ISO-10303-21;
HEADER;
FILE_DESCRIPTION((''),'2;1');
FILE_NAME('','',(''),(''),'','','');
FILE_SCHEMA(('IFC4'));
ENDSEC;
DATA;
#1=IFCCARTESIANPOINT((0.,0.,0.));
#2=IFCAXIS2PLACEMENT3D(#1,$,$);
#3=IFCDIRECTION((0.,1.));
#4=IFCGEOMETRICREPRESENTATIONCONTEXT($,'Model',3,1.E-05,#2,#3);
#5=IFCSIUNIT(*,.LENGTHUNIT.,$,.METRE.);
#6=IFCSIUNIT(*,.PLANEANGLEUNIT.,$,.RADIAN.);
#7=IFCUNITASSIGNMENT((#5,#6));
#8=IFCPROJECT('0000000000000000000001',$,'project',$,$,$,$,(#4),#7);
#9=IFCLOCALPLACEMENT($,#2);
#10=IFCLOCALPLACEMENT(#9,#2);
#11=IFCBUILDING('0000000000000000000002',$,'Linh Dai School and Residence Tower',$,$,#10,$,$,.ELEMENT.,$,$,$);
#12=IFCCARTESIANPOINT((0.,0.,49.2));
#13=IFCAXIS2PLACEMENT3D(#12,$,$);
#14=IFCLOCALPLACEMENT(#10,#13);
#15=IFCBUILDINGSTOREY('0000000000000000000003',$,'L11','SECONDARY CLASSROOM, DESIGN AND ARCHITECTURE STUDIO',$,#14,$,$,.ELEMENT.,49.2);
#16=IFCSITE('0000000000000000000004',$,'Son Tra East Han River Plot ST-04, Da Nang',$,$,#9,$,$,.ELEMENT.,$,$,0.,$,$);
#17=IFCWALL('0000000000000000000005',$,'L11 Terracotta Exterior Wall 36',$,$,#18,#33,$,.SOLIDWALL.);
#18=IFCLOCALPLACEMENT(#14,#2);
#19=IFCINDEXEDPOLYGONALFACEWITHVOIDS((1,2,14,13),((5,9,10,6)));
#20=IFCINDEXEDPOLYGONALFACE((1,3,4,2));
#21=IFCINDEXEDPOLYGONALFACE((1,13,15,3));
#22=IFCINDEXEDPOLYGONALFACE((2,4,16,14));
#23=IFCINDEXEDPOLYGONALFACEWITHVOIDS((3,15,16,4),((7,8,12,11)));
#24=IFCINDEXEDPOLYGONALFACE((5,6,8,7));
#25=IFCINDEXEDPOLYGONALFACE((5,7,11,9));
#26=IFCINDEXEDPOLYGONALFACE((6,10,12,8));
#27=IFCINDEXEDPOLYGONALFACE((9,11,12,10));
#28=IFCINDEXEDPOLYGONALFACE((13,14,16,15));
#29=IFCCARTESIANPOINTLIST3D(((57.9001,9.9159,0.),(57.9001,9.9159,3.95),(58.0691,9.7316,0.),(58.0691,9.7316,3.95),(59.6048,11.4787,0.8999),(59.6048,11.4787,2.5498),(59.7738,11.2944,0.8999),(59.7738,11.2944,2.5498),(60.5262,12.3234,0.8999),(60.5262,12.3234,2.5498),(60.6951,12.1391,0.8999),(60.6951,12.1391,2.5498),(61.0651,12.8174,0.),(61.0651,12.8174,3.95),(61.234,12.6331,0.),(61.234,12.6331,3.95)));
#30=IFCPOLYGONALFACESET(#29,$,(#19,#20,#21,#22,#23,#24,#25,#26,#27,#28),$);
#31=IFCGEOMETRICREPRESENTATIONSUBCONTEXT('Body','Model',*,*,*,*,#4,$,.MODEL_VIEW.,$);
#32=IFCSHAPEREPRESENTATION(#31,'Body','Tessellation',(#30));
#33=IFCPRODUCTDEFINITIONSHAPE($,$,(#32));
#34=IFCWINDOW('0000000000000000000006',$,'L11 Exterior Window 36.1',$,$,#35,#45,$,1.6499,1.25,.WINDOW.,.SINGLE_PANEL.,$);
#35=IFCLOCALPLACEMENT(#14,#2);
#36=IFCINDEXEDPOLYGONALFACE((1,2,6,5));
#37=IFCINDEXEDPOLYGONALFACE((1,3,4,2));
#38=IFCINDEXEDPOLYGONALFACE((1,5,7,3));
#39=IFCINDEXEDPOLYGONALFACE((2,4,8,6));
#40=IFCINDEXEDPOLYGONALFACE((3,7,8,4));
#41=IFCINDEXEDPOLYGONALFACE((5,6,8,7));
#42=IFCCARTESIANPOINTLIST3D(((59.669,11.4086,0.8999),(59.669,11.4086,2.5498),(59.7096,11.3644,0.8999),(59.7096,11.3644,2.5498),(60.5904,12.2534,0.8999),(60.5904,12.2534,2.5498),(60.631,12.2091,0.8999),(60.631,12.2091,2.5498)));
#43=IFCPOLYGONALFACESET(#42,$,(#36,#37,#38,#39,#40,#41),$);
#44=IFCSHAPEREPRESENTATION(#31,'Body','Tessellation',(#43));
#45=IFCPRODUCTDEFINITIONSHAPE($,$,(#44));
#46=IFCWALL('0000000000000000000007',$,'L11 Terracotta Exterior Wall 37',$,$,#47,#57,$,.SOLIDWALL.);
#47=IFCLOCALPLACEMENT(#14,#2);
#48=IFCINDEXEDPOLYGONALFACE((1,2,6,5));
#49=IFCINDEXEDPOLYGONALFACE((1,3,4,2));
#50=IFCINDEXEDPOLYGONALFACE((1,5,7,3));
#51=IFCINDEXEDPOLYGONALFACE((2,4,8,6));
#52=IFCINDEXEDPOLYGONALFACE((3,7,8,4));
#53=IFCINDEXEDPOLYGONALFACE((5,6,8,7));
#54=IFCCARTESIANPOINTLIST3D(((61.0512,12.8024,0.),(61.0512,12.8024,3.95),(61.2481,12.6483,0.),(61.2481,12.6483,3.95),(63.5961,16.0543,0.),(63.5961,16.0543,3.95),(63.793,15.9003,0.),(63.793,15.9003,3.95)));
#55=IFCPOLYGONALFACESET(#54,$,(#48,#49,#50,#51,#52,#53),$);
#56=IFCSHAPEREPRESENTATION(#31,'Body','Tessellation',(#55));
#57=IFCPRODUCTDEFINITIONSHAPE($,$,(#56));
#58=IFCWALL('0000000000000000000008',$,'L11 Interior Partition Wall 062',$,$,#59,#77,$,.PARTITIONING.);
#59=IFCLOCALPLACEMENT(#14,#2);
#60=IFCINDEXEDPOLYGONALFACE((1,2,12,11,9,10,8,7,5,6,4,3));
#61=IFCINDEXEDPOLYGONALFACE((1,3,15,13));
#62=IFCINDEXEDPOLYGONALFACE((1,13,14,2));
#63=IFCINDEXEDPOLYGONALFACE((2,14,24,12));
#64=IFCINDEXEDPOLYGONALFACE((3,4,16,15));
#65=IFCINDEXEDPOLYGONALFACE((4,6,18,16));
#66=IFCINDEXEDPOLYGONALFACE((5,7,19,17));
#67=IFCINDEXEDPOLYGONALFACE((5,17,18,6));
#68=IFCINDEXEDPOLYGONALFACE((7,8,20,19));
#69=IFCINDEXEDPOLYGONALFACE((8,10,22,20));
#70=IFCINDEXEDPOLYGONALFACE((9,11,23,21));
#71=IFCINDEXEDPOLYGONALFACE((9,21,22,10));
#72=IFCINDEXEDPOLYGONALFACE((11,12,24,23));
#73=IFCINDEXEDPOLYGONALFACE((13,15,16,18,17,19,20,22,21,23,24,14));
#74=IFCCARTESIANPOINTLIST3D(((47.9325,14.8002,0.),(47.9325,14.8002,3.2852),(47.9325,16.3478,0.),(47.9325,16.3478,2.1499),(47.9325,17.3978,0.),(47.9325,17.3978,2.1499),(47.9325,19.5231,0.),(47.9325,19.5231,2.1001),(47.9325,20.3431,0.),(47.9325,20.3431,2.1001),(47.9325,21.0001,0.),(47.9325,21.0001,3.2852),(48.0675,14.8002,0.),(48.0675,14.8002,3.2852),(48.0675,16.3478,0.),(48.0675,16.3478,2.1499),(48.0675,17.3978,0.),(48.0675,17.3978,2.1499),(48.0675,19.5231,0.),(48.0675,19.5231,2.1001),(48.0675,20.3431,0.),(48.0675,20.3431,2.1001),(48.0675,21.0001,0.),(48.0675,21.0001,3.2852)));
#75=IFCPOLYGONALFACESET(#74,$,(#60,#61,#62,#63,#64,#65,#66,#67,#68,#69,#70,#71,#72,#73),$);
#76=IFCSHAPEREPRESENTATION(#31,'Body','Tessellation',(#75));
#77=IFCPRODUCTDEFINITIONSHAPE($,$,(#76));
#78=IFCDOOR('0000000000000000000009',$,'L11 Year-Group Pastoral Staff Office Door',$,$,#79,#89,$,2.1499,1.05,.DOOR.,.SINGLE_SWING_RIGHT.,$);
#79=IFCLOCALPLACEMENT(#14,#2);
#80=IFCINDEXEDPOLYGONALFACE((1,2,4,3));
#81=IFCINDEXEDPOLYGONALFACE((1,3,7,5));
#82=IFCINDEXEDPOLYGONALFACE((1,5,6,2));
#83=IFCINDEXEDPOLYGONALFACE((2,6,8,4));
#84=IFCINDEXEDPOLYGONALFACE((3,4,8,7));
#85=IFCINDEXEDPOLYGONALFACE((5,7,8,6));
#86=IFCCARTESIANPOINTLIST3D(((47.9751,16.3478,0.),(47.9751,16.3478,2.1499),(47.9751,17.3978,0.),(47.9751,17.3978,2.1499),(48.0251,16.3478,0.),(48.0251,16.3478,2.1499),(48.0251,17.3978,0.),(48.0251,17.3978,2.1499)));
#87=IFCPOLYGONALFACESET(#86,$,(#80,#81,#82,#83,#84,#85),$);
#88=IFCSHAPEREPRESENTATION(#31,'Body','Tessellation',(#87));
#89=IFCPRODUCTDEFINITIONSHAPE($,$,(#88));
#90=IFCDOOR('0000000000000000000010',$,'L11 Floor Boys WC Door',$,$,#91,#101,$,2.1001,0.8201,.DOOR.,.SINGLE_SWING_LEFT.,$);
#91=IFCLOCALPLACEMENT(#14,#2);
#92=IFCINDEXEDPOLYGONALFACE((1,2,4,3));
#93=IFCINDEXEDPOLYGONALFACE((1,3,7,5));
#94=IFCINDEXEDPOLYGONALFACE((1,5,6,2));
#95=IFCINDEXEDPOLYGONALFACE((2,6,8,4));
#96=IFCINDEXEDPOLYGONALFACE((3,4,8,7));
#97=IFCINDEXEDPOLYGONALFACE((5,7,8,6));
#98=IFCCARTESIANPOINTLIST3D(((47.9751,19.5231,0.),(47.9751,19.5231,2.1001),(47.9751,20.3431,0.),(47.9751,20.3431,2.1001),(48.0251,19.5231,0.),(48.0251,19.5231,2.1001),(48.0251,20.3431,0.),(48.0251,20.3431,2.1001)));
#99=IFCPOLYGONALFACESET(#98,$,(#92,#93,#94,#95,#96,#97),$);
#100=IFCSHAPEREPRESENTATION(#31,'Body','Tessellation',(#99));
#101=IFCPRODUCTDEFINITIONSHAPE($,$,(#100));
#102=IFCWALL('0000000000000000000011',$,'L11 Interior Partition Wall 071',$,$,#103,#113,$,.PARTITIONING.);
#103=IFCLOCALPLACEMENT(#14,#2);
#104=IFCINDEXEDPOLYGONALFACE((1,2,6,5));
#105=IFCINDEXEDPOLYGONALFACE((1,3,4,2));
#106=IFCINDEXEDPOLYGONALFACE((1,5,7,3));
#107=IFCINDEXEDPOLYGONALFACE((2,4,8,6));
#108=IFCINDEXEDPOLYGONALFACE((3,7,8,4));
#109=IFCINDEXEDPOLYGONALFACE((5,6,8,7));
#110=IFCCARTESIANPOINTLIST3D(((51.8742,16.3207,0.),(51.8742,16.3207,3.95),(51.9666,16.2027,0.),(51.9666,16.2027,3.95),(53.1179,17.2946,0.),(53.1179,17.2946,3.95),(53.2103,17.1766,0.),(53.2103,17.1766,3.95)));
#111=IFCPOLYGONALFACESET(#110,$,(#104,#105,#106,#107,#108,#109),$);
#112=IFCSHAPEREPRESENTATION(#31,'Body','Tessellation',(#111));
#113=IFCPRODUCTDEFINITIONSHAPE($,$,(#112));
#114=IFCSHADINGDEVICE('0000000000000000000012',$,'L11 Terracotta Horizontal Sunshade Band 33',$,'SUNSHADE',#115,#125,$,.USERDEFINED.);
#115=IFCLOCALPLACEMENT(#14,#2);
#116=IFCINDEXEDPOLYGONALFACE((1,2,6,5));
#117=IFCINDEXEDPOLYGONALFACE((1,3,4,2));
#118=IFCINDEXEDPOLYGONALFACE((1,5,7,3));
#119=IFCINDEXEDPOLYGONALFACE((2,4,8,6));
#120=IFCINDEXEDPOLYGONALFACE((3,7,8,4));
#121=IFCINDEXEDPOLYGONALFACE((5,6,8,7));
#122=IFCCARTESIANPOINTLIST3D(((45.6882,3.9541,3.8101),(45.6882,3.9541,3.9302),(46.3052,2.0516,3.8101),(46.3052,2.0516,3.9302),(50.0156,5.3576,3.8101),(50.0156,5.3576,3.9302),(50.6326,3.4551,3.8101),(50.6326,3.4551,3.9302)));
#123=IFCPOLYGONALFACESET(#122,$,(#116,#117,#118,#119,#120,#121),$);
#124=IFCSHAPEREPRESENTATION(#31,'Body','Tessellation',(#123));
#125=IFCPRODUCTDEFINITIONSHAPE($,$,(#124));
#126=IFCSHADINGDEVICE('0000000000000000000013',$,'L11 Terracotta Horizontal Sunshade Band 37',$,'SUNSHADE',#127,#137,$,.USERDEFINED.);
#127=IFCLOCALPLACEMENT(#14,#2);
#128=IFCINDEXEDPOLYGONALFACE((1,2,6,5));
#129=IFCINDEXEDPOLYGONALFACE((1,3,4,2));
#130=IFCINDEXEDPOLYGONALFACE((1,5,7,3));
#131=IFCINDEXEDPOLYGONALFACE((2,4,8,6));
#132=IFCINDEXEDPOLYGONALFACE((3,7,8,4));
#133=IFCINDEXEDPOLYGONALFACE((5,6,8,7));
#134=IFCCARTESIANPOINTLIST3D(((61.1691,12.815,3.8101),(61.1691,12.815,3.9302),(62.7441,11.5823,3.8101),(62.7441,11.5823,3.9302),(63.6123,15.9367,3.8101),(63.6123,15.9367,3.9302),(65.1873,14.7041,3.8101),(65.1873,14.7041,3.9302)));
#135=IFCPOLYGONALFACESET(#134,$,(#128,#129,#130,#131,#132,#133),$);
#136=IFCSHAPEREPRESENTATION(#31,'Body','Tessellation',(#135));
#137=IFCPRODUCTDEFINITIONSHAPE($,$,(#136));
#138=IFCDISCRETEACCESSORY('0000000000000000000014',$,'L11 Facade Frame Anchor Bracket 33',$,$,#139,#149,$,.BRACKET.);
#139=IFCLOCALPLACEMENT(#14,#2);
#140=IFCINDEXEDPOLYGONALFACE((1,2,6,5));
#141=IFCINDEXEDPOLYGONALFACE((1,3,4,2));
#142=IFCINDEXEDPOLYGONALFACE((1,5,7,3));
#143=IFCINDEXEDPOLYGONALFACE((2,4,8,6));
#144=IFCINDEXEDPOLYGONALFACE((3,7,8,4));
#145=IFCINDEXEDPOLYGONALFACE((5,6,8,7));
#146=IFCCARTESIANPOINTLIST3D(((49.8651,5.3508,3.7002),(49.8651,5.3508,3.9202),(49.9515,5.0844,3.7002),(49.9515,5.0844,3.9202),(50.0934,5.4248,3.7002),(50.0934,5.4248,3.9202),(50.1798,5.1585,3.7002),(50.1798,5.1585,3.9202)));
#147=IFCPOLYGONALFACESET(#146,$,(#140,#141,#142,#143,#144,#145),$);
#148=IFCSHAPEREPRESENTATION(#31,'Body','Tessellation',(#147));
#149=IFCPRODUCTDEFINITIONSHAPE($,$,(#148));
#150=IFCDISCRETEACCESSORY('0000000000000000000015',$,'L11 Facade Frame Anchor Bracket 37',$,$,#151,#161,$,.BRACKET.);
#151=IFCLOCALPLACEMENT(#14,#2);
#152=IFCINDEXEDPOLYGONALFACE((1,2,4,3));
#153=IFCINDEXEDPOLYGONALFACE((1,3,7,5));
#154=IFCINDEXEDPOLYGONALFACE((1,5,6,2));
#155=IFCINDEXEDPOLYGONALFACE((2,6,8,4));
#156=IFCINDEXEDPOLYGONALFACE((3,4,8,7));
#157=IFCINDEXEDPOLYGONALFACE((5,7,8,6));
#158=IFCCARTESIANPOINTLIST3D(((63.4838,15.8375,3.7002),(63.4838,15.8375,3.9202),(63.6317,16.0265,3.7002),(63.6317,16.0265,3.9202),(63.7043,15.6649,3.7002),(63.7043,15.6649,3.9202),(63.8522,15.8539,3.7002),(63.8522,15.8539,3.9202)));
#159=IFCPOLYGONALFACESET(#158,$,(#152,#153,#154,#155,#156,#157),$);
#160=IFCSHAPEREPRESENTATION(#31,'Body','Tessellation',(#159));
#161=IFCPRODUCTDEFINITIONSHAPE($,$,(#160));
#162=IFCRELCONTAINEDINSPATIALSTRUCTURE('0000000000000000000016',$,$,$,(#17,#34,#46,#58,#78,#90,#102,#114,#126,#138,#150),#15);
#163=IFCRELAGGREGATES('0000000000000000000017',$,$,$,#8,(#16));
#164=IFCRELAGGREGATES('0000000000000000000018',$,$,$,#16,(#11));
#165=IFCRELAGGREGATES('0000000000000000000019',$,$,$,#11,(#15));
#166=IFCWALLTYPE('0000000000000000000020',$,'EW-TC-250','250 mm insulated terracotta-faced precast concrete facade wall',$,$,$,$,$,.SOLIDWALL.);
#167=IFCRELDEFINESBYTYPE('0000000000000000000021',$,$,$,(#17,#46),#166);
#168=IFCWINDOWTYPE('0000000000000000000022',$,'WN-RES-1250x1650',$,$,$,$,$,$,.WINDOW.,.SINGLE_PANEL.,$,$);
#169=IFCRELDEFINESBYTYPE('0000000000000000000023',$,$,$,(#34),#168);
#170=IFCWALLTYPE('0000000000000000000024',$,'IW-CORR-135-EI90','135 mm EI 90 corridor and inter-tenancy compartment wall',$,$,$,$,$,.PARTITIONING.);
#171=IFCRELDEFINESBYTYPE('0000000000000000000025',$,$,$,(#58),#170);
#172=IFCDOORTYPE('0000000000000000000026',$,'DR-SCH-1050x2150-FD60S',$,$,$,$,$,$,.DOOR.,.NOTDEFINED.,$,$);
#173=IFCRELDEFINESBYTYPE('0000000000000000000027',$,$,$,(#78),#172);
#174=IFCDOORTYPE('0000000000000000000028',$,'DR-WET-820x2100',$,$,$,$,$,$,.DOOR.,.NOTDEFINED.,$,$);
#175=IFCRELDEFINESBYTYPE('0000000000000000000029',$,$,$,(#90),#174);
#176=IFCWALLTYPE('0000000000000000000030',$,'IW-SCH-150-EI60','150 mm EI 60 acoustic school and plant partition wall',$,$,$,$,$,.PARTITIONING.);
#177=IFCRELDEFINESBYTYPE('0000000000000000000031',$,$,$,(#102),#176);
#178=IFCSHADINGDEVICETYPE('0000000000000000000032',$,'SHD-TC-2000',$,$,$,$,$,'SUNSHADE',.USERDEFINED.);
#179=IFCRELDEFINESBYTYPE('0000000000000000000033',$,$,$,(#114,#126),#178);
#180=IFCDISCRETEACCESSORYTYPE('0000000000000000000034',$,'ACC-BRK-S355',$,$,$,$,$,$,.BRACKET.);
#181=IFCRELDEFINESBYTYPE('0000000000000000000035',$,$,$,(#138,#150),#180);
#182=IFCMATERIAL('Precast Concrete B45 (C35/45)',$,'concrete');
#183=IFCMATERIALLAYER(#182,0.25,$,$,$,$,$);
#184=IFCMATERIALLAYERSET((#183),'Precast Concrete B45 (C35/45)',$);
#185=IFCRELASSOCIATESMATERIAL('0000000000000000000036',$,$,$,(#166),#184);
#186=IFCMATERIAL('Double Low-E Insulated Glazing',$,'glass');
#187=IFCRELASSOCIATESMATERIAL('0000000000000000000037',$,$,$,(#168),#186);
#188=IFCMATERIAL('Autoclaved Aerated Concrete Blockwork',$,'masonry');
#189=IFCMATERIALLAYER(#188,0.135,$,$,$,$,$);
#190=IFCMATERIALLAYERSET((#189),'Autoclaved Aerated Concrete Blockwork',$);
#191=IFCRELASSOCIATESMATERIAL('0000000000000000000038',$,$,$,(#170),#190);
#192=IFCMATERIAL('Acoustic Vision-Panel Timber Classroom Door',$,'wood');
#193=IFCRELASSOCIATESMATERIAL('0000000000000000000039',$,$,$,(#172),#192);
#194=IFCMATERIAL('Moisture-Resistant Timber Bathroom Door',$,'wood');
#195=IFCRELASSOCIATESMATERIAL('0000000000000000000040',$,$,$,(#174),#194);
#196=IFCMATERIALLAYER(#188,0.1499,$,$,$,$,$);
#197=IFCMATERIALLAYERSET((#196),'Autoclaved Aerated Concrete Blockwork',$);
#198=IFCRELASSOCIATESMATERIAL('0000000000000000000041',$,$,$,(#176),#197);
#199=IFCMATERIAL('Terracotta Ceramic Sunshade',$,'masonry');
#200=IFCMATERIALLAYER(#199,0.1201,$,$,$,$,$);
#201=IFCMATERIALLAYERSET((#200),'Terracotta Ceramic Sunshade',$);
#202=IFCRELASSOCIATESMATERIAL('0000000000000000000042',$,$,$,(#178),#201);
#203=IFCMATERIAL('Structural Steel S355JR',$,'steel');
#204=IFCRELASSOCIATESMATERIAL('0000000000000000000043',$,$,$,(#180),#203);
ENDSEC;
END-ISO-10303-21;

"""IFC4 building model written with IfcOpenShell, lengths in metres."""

from ifc_helpers import new_model, si_unit, direction, frame, frame_2d, origin, origin_2d, place, context, subcontext, project, spatial, rectangle, extrude, source, transform, mapped, material, layer, layer_set, type_object, element, fill, save


model = new_model("IFC4")

# Units and contexts
model_context = context("Model", 3, precision=1e-05, world=origin(), true_north=direction((0.0, 1.0)))
body_context = subcontext(model_context, "Body", "Model", "MODEL_VIEW")
ifc_project = project(units=[si_unit("LENGTHUNIT", "METRE"), si_unit("PLANEANGLEUNIT", "RADIAN")], contexts=[model_context])

# Site, building, storey
site_placement = place(None, origin())
site = spatial("IfcSite", under=ifc_project, at=site_placement, Name="Son Tra East Han River Plot ST-04, Da Nang", CompositionType="ELEMENT", RefElevation=0.0)
building_placement = place(site_placement, origin())
building = spatial("IfcBuilding", under=site, at=building_placement, Name="Linh Dai School and Residence Tower", CompositionType="ELEMENT")
storey_placement = place(building_placement, frame((0.0, 0.0, 49.2)))
storey = spatial("IfcBuildingStorey", under=building, at=storey_placement, Name="L11", Description="SECONDARY CLASSROOM, DESIGN AND ARCHITECTURE STUDIO", CompositionType="ELEMENT", Elevation=49.2)

# Shared definitions
ifc_material_1 = material(Name="Structural Steel S355JR", Category="steel")

# Shared definitions
ifc_material_2 = material(Name="Precast Concrete B45 (C35/45)", Category="concrete")

# Shared definitions
ifc_material_3 = material(Name="Double Low-E Insulated Glazing", Category="glass")

# Wall, opening, window
ifc_layer_1 = layer(ifc_material_2, 0.25)
ifc_layer_set_1 = layer_set([ifc_layer_1], Name="Precast Concrete B45 (C35/45)")
wall_type_1 = type_object("IfcWallType", Name="EW-TC-250", Description="250 mm insulated terracotta-faced precast concrete facade wall", PredefinedType="SOLIDWALL", material=ifc_layer_set_1)
wall_1_placement = place(storey_placement, frame((61.1497, 12.7253, 0.0), z_axis=(0.0, 0.0, 1.0), x_axis=(-0.737116, -0.675766, 0.0)))
wall_1 = element("IfcWall", 1, at=wall_1_placement, inside=storey, type_object=wall_type_1, Name="L11 Terracotta Exterior Wall 36", PredefinedType="SOLIDWALL", context=body_context, shape_type="SweptSolid", body=[
    extrude(rectangle(XDim=4.2937, YDim=0.25, at=frame_2d((2.147, 0.0))), origin(), (0.0, 0.0, 1.0), 3.95),
])
opening_1_placement = place(wall_1_placement, frame((0.7312, 0.0, 0.8999)))
opening_1 = element("IfcOpeningElement", 2, at=opening_1_placement, cuts=wall_1, PredefinedType="OPENING", context=body_context, shape_type="SweptSolid", body=[
    extrude(rectangle(XDim=1.25, YDim=1.6499, at=origin_2d()), frame((0.625, 0.135, 0.825), z_axis=(0.0, -1.0, 0.0), x_axis=(1.0, 0.0, 0.0)), (0.0, 0.0, 1.0), 0.27),
])
window_type_1 = type_object("IfcWindowType", Name="WN-RES-1250x1650", PartitioningType="SINGLE_PANEL", PredefinedType="WINDOW", material=ifc_material_3)
shared_shape_1 = source(origin(), body_context, "Body", "SweptSolid", [
    extrude(rectangle(XDim=1.25, YDim=1.6499, at=origin_2d()), frame((0.625, 0.03, 0.825), z_axis=(0.0, -1.0, 0.0), x_axis=(1.0, 0.0, 0.0)), (0.0, 0.0, 1.0), 0.0601),
])
window_1_placement = place(opening_1_placement, origin())
window_1 = element("IfcWindow", 3, at=window_1_placement, inside=storey, type_object=window_type_1, Name="L11 Exterior Window 36.1", OverallHeight=1.6499, OverallWidth=1.25, PartitioningType="SINGLE_PANEL", PredefinedType="WINDOW", context=body_context, shape_type="MappedRepresentation", body=[
    mapped(shared_shape_1, transform((0.0, 0.0, 0.0), x_axis=(1.0, 0.0, 0.0), y_axis=(0.0, 1.0, 0.0), z_axis=(0.0, 0.0, 1.0), scale=1.0)),
])
fill(opening_1, window_1)

# Wall
wall_2_placement = place(storey_placement, frame((63.6946, 15.9773, 0.0), z_axis=(0.0, 0.0, 1.0), x_axis=(-0.616296, -0.787515, 0.0)))
element("IfcWall", 4, at=wall_2_placement, inside=storey, type_object=wall_type_1, Name="L11 Terracotta Exterior Wall 37", PredefinedType="SOLIDWALL", context=body_context, shape_type="SweptSolid", body=[
    extrude(rectangle(XDim=4.1294, YDim=0.25, at=frame_2d((2.0647, 0.0))), origin(), (0.0, 0.0, 1.0), 3.95),
])

# Wall, openings, doors
ifc_material_4 = material(Name="Autoclaved Aerated Concrete Blockwork", Category="masonry")
ifc_layer_2 = layer(ifc_material_4, 0.135)
ifc_layer_set_2 = layer_set([ifc_layer_2], Name="Autoclaved Aerated Concrete Blockwork")
wall_type_2 = type_object("IfcWallType", Name="IW-CORR-135-EI90", Description="135 mm EI 90 corridor and inter-tenancy compartment wall", PredefinedType="PARTITIONING", material=ifc_layer_set_2)
wall_3_placement = place(storey_placement, frame((48.0, 14.8, 0.0), z_axis=(0.0, 0.0, 1.0), x_axis=(0.0, 1.0, 0.0)))
wall_3 = element("IfcWall", 5, at=wall_3_placement, inside=storey, type_object=wall_type_2, Name="L11 Interior Partition Wall 062", PredefinedType="PARTITIONING", context=body_context, shape_type="SweptSolid", body=[
    extrude(rectangle(XDim=6.2, YDim=0.135, at=frame_2d((3.1001, 0.0))), origin(), (0.0, 0.0, 1.0), 3.2852),
])
opening_2_placement = place(wall_3_placement, frame((1.5479, 0.0, 0.0)))
opening_2 = element("IfcOpeningElement", 6, at=opening_2_placement, cuts=wall_3, PredefinedType="OPENING", context=body_context, shape_type="SweptSolid", body=[
    extrude(rectangle(XDim=1.05, YDim=2.1499, at=origin_2d()), frame((0.5249, 0.0776, 1.075), z_axis=(0.0, -1.0, 0.0), x_axis=(1.0, 0.0, 0.0)), (0.0, 0.0, 1.0), 0.155),
])
opening_3_placement = place(wall_3_placement, frame((4.7229, 0.0, 0.0)))
opening_3 = element("IfcOpeningElement", 7, at=opening_3_placement, cuts=wall_3, PredefinedType="OPENING", context=body_context, shape_type="SweptSolid", body=[
    extrude(rectangle(XDim=0.8201, YDim=2.1001, at=origin_2d()), frame((0.4102, 0.0776, 1.05), z_axis=(0.0, -1.0, 0.0), x_axis=(1.0, 0.0, 0.0)), (0.0, 0.0, 1.0), 0.155),
])
ifc_material_5 = material(Name="Acoustic Vision-Panel Timber Classroom Door", Category="wood")
door_type_1 = type_object("IfcDoorType", Name="DR-SCH-1050x2150-FD60S", OperationType="NOTDEFINED", PredefinedType="DOOR", material=ifc_material_5)
shared_shape_2 = source(origin(), body_context, "Body", "SweptSolid", [
    extrude(rectangle(XDim=1.05, YDim=2.1499, at=origin_2d()), frame((0.5249, 0.0249, 1.075), z_axis=(0.0, -1.0, 0.0), x_axis=(1.0, 0.0, 0.0)), (0.0, 0.0, 1.0), 0.05),
])
door_1_placement = place(opening_2_placement, origin())
door_1 = element("IfcDoor", 8, at=door_1_placement, inside=storey, type_object=door_type_1, Name="L11 Year-Group Pastoral Staff Office Door", OperationType="SINGLE_SWING_RIGHT", OverallHeight=2.1499, OverallWidth=1.05, PredefinedType="DOOR", context=body_context, shape_type="MappedRepresentation", body=[
    mapped(shared_shape_2, transform((0.0, 0.0, 0.0), x_axis=(1.0, 0.0, 0.0), y_axis=(0.0, 1.0, 0.0), z_axis=(0.0, 0.0, 1.0), scale=1.0)),
])
fill(opening_2, door_1)
ifc_material_6 = material(Name="Moisture-Resistant Timber Bathroom Door", Category="wood")
door_type_2 = type_object("IfcDoorType", Name="DR-WET-820x2100", OperationType="NOTDEFINED", PredefinedType="DOOR", material=ifc_material_6)
shared_shape_3 = source(origin(), body_context, "Body", "SweptSolid", [
    extrude(rectangle(XDim=0.8201, YDim=2.1001, at=origin_2d()), frame((0.4102, 0.0249, 1.05), z_axis=(0.0, -1.0, 0.0), x_axis=(1.0, 0.0, 0.0)), (0.0, 0.0, 1.0), 0.05),
])
door_2_placement = place(opening_3_placement, origin())
door_2 = element("IfcDoor", 9, at=door_2_placement, inside=storey, type_object=door_type_2, Name="L11 Floor Boys WC Door", OperationType="SINGLE_SWING_LEFT", OverallHeight=2.1001, OverallWidth=0.8201, PredefinedType="DOOR", context=body_context, shape_type="MappedRepresentation", body=[
    mapped(shared_shape_3, transform((0.0, 0.0, 0.0), x_axis=(1.0, 0.0, 0.0), y_axis=(0.0, 1.0, 0.0), z_axis=(0.0, 0.0, 1.0), scale=1.0)),
])
fill(opening_3, door_2)

# Wall
ifc_layer_3 = layer(ifc_material_4, 0.1499)
ifc_layer_set_3 = layer_set([ifc_layer_3], Name="Autoclaved Aerated Concrete Blockwork")
wall_type_3 = type_object("IfcWallType", Name="IW-SCH-150-EI60", Description="150 mm EI 60 acoustic school and plant partition wall", PredefinedType="PARTITIONING", material=ifc_layer_set_3)
wall_4_placement = place(storey_placement, frame((51.9204, 16.2617, 0.0), z_axis=(0.0, 0.0, 1.0), x_axis=(0.787326, 0.616537, 0.0)))
element("IfcWall", 10, at=wall_4_placement, inside=storey, type_object=wall_type_3, Name="L11 Interior Partition Wall 071", PredefinedType="PARTITIONING", context=body_context, shape_type="SweptSolid", body=[
    extrude(rectangle(XDim=1.5796, YDim=0.1499, at=frame_2d((0.7898, 0.0))), origin(), (0.0, 0.0, 1.0), 3.95),
])

# Shading devices
ifc_material_7 = material(Name="Terracotta Ceramic Sunshade", Category="masonry")
ifc_layer_4 = layer(ifc_material_7, 0.1201)
ifc_layer_set_4 = layer_set([ifc_layer_4], Name="Terracotta Ceramic Sunshade")
shading_device_type = type_object("IfcShadingDeviceType", Name="SHD-TC-2000", ElementType="SUNSHADE", PredefinedType="USERDEFINED", material=ifc_layer_set_4)
shared_shape_4 = source(origin(), body_context, "Body", "SweptSolid", [
    extrude(rectangle(XDim=4.5493, YDim=2.0, at=origin_2d()), origin(), (0.0, 0.0, 1.0), 0.1201),
])
shading_device_1_placement = place(storey_placement, frame((48.1604, 3.7046, 3.8101), z_axis=(0.0, 0.0, 1.0), x_axis=(-0.951221, -0.308511, 0.0)))
element("IfcShadingDevice", 11, at=shading_device_1_placement, inside=storey, type_object=shading_device_type, Name="L11 Terracotta Horizontal Sunshade Band 33", ObjectType="SUNSHADE", PredefinedType="USERDEFINED", context=body_context, shape_type="MappedRepresentation", body=[
    mapped(shared_shape_4, transform((0.0, 0.0, 0.0), x_axis=(1.0, 0.0, 0.0), y_axis=(0.0, 1.0, 0.0), z_axis=(0.0, 0.0, 1.0), scale=1.0)),
])
shared_shape_5 = source(origin(), body_context, "Body", "SweptSolid", [
    extrude(rectangle(XDim=3.9641, YDim=2.0, at=origin_2d()), origin(), (0.0, 0.0, 1.0), 0.1201),
])
shading_device_2_placement = place(storey_placement, frame((63.1782, 13.7595, 3.8101), z_axis=(0.0, 0.0, 1.0), x_axis=(-0.616319, -0.787496, 0.0)))
element("IfcShadingDevice", 12, at=shading_device_2_placement, inside=storey, type_object=shading_device_type, Name="L11 Terracotta Horizontal Sunshade Band 37", ObjectType="SUNSHADE", PredefinedType="USERDEFINED", context=body_context, shape_type="MappedRepresentation", body=[
    mapped(shared_shape_5, transform((0.0, 0.0, 0.0), x_axis=(1.0, 0.0, 0.0), y_axis=(0.0, 1.0, 0.0), z_axis=(0.0, 0.0, 1.0), scale=1.0)),
])

# Discrete accessories
discrete_accessory_type = type_object("IfcDiscreteAccessoryType", Name="ACC-BRK-S355", PredefinedType="BRACKET", material=ifc_material_1)
shared_shape_6 = source(origin(), body_context, "Body", "SweptSolid", [
    extrude(rectangle(XDim=0.28, YDim=0.24, at=origin_2d()), origin(), (0.0, 0.0, 1.0), 0.22),
])
for number, where, z_axis, x_axis, name in (
    (13, (50.0225, 5.2546, 3.7002), (0.0, 0.0, 1.0), (0.308511, -0.951221, 0.0), "L11 Facade Frame Anchor Bracket 33"),
    (14, (63.668, 15.8457, 3.7002), (0.0, 0.0, 1.0), (0.787496, -0.616319, 0.0), "L11 Facade Frame Anchor Bracket 37"),
):
    element("IfcDiscreteAccessory", number, at=place(storey_placement, frame(where, z_axis=z_axis, x_axis=x_axis)), inside=storey, type_object=discrete_accessory_type, Name=name, PredefinedType="BRACKET", context=body_context, shape_type="MappedRepresentation", body=[
        mapped(shared_shape_6, transform((0.0, 0.0, 0.0), x_axis=(1.0, 0.0, 0.0), y_axis=(0.0, 1.0, 0.0), z_axis=(0.0, 0.0, 1.0), scale=1.0)),
    ])

save(model, "model.ifc")
